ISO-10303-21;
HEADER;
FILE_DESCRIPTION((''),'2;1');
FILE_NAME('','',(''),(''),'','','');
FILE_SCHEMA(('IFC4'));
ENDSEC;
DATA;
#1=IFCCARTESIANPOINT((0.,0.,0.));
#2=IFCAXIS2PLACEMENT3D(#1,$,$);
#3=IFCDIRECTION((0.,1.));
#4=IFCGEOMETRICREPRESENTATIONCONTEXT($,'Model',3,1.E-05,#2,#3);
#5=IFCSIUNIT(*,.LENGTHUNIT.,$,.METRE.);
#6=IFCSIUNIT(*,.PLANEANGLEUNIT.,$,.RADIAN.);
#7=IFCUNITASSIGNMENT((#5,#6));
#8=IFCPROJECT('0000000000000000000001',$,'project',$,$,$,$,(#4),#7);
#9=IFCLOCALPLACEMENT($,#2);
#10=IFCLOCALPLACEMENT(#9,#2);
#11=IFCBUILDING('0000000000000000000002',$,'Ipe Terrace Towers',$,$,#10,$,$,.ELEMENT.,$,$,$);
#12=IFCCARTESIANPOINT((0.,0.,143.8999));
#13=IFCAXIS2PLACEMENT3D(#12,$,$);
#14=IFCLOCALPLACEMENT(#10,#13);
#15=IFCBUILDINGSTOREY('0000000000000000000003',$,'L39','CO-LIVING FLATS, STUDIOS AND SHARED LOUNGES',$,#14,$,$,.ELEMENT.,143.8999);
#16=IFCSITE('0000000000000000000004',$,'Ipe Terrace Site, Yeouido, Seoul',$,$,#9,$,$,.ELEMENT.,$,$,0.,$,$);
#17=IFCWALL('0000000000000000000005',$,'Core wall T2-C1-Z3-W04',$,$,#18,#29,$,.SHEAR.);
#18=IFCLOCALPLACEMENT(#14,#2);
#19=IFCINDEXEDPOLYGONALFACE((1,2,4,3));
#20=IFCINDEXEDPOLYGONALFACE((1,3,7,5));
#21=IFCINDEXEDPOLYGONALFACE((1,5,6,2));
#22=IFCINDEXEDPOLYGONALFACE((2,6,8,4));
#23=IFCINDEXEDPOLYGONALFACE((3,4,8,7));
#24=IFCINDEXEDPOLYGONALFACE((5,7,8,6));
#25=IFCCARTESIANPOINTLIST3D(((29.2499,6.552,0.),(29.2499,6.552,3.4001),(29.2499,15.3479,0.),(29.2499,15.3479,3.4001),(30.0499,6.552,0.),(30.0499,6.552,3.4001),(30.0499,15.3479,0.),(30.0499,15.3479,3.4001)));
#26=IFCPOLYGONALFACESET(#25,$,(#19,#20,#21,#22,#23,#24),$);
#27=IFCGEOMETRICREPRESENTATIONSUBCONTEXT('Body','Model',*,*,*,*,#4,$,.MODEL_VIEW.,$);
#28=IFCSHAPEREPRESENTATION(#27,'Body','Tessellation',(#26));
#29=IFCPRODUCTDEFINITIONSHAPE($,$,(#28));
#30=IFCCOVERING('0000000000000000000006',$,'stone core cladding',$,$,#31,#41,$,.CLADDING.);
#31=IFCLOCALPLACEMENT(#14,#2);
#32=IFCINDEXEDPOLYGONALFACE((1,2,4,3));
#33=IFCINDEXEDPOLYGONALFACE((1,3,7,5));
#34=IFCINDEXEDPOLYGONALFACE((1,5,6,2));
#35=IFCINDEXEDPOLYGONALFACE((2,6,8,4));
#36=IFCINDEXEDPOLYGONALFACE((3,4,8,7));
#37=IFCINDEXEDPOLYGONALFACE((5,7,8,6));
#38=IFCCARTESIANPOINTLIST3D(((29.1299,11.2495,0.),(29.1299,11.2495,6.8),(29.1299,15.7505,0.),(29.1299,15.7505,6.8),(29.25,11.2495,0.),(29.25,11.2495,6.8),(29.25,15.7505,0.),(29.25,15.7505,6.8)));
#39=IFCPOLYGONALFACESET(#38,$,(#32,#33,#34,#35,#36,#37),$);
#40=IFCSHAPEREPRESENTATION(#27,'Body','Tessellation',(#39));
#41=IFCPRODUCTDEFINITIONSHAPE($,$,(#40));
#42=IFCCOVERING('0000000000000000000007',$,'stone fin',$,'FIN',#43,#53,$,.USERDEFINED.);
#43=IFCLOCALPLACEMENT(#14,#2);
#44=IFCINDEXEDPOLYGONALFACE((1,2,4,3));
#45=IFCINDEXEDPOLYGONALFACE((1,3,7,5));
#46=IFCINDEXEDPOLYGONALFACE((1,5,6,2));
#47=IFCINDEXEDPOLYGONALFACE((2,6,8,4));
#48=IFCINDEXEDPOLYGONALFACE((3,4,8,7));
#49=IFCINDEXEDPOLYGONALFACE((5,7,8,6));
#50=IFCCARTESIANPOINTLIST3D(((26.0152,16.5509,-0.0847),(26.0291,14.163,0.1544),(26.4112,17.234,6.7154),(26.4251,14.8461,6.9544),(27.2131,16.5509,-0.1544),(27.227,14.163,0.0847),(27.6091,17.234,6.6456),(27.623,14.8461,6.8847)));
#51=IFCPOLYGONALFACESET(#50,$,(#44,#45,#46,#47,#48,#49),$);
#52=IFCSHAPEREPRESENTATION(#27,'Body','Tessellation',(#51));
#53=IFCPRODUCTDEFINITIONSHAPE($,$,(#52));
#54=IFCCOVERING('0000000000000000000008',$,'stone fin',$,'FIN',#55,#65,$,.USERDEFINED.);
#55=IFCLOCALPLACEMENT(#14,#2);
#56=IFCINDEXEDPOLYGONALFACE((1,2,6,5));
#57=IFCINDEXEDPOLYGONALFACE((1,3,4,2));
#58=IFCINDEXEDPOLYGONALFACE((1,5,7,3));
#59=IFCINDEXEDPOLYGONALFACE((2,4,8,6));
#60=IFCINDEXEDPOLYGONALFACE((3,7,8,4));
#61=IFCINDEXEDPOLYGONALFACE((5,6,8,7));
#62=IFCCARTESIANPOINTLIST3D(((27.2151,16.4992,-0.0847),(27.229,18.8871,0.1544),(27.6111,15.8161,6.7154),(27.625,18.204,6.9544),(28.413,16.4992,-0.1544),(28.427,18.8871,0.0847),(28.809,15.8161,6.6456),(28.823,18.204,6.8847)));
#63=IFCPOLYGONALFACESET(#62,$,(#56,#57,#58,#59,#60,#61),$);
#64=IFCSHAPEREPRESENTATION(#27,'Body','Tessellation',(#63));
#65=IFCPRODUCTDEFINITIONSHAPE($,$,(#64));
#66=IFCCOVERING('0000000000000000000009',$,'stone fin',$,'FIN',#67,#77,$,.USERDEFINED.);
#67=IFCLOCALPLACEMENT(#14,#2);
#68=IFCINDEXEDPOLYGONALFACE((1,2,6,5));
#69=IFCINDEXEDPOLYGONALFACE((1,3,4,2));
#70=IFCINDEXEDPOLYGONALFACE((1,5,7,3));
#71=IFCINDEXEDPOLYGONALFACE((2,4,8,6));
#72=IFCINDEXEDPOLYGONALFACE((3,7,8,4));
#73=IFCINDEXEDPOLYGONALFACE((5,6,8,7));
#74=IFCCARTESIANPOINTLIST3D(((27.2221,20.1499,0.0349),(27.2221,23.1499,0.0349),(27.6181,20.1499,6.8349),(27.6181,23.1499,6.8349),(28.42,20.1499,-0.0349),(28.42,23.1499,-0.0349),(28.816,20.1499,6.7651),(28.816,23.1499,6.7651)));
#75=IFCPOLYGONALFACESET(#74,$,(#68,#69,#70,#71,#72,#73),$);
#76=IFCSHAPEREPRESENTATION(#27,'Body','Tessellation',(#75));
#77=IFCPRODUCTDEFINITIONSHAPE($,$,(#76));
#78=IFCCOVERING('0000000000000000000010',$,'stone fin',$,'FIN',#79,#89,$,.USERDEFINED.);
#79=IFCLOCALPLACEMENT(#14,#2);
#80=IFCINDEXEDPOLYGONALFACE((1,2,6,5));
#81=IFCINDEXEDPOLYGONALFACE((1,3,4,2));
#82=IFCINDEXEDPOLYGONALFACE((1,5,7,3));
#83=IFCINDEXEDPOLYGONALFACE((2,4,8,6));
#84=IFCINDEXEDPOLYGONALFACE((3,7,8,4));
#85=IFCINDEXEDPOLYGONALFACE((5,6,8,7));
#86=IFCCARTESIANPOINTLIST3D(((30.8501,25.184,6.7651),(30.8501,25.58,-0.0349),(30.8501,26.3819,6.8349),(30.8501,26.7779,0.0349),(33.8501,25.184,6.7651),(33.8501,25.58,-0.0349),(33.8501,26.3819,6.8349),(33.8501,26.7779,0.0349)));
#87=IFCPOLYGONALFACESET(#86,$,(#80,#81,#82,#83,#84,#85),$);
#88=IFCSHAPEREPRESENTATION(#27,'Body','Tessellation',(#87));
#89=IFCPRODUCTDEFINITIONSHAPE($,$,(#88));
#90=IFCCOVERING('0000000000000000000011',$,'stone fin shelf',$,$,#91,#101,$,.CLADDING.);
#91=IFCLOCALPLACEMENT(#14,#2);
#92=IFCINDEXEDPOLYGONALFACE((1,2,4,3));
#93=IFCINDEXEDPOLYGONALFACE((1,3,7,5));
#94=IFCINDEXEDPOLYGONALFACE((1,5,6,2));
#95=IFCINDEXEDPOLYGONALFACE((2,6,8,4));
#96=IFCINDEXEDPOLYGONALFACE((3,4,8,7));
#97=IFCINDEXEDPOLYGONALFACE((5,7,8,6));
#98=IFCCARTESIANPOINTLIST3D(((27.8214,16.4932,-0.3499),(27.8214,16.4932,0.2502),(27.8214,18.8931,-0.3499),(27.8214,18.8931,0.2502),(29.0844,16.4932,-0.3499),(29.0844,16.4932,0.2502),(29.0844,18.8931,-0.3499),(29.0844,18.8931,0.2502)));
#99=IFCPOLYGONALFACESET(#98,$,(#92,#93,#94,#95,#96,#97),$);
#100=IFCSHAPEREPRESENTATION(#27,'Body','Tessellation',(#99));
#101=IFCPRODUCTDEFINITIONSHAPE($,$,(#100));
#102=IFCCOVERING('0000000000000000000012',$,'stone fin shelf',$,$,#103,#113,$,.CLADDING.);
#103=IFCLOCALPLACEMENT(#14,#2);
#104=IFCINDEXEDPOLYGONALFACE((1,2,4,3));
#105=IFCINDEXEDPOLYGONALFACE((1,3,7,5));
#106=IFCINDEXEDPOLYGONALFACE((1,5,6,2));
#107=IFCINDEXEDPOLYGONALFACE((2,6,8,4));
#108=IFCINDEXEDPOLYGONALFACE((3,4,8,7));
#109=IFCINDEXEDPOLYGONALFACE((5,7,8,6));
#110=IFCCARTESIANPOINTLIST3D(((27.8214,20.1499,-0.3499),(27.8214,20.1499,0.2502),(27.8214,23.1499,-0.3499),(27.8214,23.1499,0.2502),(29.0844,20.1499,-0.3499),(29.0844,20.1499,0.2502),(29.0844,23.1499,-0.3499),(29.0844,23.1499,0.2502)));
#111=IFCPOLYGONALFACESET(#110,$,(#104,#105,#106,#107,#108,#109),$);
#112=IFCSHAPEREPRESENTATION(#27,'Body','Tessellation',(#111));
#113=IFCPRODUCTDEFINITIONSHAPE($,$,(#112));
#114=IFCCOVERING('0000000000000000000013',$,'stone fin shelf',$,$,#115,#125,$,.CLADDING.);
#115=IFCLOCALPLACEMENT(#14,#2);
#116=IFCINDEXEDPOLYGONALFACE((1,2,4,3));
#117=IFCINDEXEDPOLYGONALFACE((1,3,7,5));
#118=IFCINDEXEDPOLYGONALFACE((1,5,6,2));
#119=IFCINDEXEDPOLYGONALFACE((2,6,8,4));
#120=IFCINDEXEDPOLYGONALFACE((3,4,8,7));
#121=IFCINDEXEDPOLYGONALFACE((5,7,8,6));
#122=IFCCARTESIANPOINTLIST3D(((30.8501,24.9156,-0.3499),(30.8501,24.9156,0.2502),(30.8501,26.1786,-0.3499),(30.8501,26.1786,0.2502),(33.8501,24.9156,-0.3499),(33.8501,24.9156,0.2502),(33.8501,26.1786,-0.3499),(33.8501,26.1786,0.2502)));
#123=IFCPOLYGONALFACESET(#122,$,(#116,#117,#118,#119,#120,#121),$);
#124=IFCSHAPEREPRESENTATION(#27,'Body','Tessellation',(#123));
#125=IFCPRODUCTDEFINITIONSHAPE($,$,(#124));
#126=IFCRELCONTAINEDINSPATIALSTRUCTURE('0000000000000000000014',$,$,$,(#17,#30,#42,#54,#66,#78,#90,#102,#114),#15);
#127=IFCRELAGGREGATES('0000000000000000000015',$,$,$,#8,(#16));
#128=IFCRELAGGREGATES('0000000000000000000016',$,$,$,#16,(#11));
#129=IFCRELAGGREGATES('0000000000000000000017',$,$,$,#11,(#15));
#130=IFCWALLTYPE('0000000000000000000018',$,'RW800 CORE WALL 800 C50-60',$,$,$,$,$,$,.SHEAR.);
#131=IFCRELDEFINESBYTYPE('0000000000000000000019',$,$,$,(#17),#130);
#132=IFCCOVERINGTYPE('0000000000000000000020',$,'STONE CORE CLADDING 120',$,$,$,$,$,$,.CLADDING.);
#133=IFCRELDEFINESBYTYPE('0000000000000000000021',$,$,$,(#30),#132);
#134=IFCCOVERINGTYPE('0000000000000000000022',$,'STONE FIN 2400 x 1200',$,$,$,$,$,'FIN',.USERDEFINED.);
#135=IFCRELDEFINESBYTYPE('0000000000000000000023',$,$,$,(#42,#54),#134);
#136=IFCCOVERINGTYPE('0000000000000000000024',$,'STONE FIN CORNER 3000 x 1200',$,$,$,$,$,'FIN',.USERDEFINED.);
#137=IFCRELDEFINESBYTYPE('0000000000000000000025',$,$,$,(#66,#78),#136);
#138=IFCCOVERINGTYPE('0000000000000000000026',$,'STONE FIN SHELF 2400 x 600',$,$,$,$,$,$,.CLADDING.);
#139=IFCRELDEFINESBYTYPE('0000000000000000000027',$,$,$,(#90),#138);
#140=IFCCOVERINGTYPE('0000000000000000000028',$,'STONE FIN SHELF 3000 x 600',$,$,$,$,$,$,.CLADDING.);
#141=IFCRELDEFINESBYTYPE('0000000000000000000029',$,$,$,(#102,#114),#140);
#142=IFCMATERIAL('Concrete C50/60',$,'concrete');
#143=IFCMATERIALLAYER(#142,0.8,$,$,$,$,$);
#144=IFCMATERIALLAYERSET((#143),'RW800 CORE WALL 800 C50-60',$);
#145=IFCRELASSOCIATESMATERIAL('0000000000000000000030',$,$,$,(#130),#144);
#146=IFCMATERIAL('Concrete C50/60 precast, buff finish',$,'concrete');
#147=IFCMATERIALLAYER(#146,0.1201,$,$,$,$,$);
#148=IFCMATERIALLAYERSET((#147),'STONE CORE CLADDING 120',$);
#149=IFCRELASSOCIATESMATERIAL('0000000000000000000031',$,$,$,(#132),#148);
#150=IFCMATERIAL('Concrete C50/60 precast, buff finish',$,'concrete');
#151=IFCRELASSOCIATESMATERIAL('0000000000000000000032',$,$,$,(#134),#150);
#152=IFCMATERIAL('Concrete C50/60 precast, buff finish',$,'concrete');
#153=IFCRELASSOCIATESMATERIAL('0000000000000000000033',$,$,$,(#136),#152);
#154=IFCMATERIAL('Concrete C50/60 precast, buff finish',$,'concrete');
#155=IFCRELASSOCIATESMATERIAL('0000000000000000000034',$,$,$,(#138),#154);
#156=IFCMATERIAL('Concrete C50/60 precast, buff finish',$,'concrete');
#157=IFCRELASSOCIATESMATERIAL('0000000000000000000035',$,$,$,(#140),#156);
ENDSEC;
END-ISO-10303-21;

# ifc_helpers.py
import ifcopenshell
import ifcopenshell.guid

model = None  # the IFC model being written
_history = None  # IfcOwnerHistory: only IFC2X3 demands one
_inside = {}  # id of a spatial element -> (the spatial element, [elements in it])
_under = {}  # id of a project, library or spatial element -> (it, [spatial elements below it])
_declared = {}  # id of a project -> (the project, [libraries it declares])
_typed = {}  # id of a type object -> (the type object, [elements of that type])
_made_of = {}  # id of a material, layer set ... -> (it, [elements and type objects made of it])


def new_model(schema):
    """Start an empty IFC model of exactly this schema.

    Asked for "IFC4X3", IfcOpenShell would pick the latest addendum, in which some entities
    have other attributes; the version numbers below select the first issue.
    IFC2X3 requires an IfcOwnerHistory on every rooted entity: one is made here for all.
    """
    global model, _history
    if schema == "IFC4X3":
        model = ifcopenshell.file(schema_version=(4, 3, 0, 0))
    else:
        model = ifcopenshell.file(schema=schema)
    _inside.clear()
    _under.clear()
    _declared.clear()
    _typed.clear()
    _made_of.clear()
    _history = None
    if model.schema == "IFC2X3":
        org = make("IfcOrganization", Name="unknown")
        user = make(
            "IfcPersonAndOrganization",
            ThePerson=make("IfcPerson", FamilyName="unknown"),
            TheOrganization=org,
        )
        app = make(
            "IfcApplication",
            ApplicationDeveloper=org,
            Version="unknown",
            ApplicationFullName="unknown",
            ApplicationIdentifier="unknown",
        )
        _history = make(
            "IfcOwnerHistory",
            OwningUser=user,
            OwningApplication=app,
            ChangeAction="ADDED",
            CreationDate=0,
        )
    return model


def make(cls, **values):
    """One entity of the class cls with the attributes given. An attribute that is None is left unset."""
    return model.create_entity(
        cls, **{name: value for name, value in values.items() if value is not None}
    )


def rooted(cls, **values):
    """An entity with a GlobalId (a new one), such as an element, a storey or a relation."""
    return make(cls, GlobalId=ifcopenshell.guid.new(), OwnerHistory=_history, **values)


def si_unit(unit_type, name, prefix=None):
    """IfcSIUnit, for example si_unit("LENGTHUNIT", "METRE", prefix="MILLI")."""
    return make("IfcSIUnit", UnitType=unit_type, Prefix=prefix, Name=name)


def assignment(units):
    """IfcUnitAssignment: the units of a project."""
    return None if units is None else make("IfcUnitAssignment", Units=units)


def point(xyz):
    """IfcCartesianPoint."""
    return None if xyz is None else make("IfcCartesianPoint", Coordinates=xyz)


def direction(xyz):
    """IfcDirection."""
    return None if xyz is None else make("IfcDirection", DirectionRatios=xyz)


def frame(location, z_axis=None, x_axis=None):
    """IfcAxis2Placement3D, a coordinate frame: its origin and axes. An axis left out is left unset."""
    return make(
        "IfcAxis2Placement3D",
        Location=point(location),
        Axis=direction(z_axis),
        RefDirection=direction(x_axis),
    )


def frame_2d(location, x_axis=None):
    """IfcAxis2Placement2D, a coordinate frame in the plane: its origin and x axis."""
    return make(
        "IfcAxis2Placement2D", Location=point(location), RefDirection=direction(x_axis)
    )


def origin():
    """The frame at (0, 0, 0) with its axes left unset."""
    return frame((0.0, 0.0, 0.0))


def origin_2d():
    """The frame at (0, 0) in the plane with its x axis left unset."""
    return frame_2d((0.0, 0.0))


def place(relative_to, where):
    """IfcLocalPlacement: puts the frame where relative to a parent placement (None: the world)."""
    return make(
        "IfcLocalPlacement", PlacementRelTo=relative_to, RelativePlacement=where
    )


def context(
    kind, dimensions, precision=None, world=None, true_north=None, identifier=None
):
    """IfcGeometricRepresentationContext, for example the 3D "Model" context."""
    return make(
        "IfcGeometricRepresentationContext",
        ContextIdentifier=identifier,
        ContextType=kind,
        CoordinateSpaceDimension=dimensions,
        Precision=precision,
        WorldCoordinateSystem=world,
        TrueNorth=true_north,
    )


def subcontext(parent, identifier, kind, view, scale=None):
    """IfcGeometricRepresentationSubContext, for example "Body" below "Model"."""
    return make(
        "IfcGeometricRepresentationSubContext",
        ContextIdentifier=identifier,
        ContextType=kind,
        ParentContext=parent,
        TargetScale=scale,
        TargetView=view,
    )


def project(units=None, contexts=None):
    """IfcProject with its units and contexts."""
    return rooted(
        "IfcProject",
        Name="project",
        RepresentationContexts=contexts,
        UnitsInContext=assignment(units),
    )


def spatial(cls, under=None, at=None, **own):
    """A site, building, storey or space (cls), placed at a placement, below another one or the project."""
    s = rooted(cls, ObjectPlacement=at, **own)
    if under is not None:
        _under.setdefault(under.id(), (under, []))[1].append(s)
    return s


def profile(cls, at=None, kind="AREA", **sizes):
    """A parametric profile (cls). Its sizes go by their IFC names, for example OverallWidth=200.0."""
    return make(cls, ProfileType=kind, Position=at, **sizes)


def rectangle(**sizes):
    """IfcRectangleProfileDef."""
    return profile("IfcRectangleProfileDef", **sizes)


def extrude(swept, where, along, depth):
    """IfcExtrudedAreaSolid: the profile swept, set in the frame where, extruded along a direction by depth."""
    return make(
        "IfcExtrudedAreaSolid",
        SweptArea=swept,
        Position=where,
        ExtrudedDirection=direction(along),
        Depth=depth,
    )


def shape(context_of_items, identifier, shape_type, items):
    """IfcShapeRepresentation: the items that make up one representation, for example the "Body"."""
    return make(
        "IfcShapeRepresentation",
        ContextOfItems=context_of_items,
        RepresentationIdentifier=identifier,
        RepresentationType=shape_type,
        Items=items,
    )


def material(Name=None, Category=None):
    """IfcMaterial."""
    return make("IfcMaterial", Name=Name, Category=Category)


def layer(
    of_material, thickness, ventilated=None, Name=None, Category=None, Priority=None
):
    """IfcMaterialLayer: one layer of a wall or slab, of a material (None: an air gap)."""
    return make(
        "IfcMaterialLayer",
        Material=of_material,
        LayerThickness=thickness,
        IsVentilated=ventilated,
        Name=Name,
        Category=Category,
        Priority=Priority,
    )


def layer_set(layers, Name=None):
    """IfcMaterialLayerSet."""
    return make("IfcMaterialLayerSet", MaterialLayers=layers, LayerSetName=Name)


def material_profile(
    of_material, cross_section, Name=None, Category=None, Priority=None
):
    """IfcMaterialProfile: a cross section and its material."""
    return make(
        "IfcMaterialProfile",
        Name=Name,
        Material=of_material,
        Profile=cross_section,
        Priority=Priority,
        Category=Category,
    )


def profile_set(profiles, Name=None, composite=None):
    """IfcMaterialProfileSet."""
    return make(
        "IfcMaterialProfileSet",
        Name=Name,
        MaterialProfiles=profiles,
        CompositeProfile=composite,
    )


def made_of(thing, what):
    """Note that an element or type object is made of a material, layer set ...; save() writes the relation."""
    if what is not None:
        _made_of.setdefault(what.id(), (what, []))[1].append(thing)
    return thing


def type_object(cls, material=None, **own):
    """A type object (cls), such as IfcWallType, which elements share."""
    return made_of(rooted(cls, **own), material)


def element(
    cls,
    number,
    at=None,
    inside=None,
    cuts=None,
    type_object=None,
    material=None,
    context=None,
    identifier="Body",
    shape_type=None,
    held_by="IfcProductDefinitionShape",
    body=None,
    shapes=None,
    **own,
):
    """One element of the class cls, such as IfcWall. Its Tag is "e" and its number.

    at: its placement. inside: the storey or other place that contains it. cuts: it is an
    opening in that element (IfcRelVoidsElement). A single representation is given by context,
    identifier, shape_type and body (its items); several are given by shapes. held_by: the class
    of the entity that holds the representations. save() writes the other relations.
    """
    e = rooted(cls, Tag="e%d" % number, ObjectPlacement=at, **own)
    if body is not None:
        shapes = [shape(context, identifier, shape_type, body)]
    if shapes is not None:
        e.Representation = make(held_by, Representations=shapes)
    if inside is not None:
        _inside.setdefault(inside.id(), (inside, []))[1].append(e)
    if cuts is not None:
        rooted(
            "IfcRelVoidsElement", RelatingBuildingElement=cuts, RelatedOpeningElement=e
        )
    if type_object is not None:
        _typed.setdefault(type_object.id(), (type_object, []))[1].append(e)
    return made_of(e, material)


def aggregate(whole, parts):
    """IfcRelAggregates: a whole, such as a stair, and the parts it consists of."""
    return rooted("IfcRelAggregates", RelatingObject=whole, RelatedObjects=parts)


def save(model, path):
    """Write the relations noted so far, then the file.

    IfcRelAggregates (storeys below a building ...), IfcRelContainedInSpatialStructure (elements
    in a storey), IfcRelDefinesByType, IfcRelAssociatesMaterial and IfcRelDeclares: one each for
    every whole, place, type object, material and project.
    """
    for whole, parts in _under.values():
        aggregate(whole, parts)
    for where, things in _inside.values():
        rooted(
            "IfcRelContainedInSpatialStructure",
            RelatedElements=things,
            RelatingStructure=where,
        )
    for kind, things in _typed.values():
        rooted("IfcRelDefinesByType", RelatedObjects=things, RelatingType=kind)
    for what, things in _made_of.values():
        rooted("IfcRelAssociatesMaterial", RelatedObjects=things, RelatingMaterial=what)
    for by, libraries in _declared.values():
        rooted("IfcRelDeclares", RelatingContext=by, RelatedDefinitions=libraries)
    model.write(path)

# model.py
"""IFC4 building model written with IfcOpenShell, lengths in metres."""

from ifc_helpers import new_model, si_unit, direction, frame, frame_2d, origin, origin_2d, place, context, subcontext, project, spatial, rectangle, extrude, material, layer, layer_set, material_profile, profile_set, type_object, element, save


model = new_model("IFC4")

# Units and contexts
model_context = context("Model", 3, precision=1e-05, world=origin(), true_north=direction((0.0, 1.0)))
body_context = subcontext(model_context, "Body", "Model", "MODEL_VIEW")
ifc_project = project(units=[si_unit("LENGTHUNIT", "METRE"), si_unit("PLANEANGLEUNIT", "RADIAN")], contexts=[model_context])

# Site, building, storey
site_placement = place(None, origin())
site = spatial("IfcSite", under=ifc_project, at=site_placement, Name="Ipe Terrace Site, Yeouido, Seoul", CompositionType="ELEMENT", RefElevation=0.0)
building_placement = place(site_placement, origin())
building = spatial("IfcBuilding", under=site, at=building_placement, Name="Ipe Terrace Towers", CompositionType="ELEMENT")
storey_placement = place(building_placement, frame((0.0, 0.0, 143.8999)))
storey = spatial("IfcBuildingStorey", under=building, at=storey_placement, Name="L39", Description="CO-LIVING FLATS, STUDIOS AND SHARED LOUNGES", CompositionType="ELEMENT", Elevation=143.8999)

# Wall
ifc_material_1 = material(Name="Concrete C50/60", Category="concrete")
ifc_layer_1 = layer(ifc_material_1, 0.8)
ifc_layer_set_1 = layer_set([ifc_layer_1], Name="RW800 CORE WALL 800 C50-60")
wall_type_1 = type_object("IfcWallType", Name="RW800 CORE WALL 800 C50-60", PredefinedType="SHEAR", material=ifc_layer_set_1)
wall_1_placement = place(storey_placement, frame((29.6499, 15.3479, 0.0), z_axis=(0.0, 0.0, 1.0), x_axis=(0.0, -1.0, 0.0)))
element("IfcWall", 1, at=wall_1_placement, inside=storey, type_object=wall_type_1, Name="Core wall T2-C1-Z3-W04", PredefinedType="SHEAR", context=body_context, shape_type="SweptSolid", body=[
    extrude(rectangle(XDim=8.7959, YDim=0.8, at=frame_2d((4.3979, 0.0))), origin(), (0.0, 0.0, 1.0), 3.4001),
])

# Coverings
ifc_material_2 = material(Name="Concrete C50/60 precast, buff finish", Category="concrete")
ifc_layer_2 = layer(ifc_material_2, 0.1201)
ifc_layer_set_2 = layer_set([ifc_layer_2], Name="STONE CORE CLADDING 120")
covering_type_1 = type_object("IfcCoveringType", Name="STONE CORE CLADDING 120", PredefinedType="CLADDING", material=ifc_layer_set_2)
covering_1_placement = place(storey_placement, frame((29.1899, 13.5, 0.0), z_axis=(0.0, 0.0, 1.0), x_axis=(0.0, -1.0, 0.0)))
element("IfcCovering", 2, at=covering_1_placement, inside=storey, type_object=covering_type_1, Name="stone core cladding", PredefinedType="CLADDING", context=body_context, shape_type="SweptSolid", body=[
    extrude(rectangle(XDim=4.501, YDim=0.1201, at=origin_2d()), origin(), (0.0, 0.0, 1.0), 6.8),
])
ifc_material_3 = material(Name="Concrete C50/60 precast, buff finish", Category="concrete")
ifc_material_profile_1 = material_profile(ifc_material_3, rectangle(XDim=2.3999, YDim=1.2, at=origin_2d()), Name="STONE FIN 2400 x 1200")
ifc_profile_set_1 = profile_set([ifc_material_profile_1], Name="Concrete C50/60 precast, buff finish")
covering_type_2 = type_object("IfcCoveringType", Name="STONE FIN 2400 x 1200", ElementType="FIN", PredefinedType="USERDEFINED", material=ifc_profile_set_1)
for number, where, z_axis, x_axis, name in (
    (3, (26.6211, 15.3569, 0.0), (0.057846, 0.099786, 0.993326), (0.005801, -0.995009, 0.099617), "stone fin"),
    (4, (27.821, 17.6931, 0.0), (0.057846, -0.099786, 0.993326), (-0.005801, -0.995009, -0.099617), "stone fin"),
):
    element("IfcCovering", number, at=place(storey_placement, frame(where, z_axis=z_axis, x_axis=x_axis)), inside=storey, type_object=covering_type_2, Name=name, ObjectType="FIN", PredefinedType="USERDEFINED", context=body_context, shape_type="SweptSolid", body=[
        extrude(rectangle(XDim=2.3999, YDim=1.2, at=origin_2d()), origin(), (0.0, 0.0, 1.0), 6.8457),
    ])
ifc_material_4 = material(Name="Concrete C50/60 precast, buff finish", Category="concrete")
ifc_material_profile_2 = material_profile(ifc_material_4, rectangle(XDim=3.0, YDim=1.2, at=origin_2d()), Name="STONE FIN CORNER 3000 x 1200")
ifc_profile_set_2 = profile_set([ifc_material_profile_2], Name="Concrete C50/60 precast, buff finish")
covering_type_3 = type_object("IfcCoveringType", Name="STONE FIN CORNER 3000 x 1200", ElementType="FIN", PredefinedType="USERDEFINED", material=ifc_profile_set_2)
for number, where, z_axis, x_axis, name in (
    (5, (27.821, 21.6499, 0.0), (0.058136, 0.0, 0.998309), (0.0, -1.0, 0.0), "stone fin"),
    (6, (32.3501, 26.179, 0.0), (0.0, -0.058136, 0.998309), (-1.0, 0.0, 0.0), "stone fin"),
):
    element("IfcCovering", number, at=place(storey_placement, frame(where, z_axis=z_axis, x_axis=x_axis)), inside=storey, type_object=covering_type_3, Name=name, ObjectType="FIN", PredefinedType="USERDEFINED", context=body_context, shape_type="SweptSolid", body=[
        extrude(rectangle(XDim=3.0, YDim=1.2, at=origin_2d()), origin(), (0.0, 0.0, 1.0), 6.8115),
    ])
ifc_material_5 = material(Name="Concrete C50/60 precast, buff finish", Category="concrete")
covering_type_4 = type_object("IfcCoveringType", Name="STONE FIN SHELF 2400 x 600", PredefinedType="CLADDING", material=ifc_material_5)
covering_2_placement = place(storey_placement, frame((28.4529, 17.6931, -0.3499), z_axis=(0.0, 0.0, 1.0), x_axis=(0.0, -1.0, 0.0)))
element("IfcCovering", 7, at=covering_2_placement, inside=storey, type_object=covering_type_4, Name="stone fin shelf", PredefinedType="CLADDING", context=body_context, shape_type="SweptSolid", body=[
    extrude(rectangle(XDim=2.3999, YDim=1.2629, at=origin_2d()), origin(), (0.0, 0.0, 1.0), 0.6001),
])
ifc_material_6 = material(Name="Concrete C50/60 precast, buff finish", Category="concrete")
covering_type_5 = type_object("IfcCoveringType", Name="STONE FIN SHELF 3000 x 600", PredefinedType="CLADDING", material=ifc_material_6)
for number, where, z_axis, x_axis, name in (
    (8, (28.4529, 21.6499, -0.3499), (0.0, 0.0, 1.0), (0.0, -1.0, 0.0), "stone fin shelf"),
    (9, (32.3501, 25.5471, -0.3499), (0.0, 0.0, 1.0), (-1.0, 0.0, 0.0), "stone fin shelf"),
):
    element("IfcCovering", number, at=place(storey_placement, frame(where, z_axis=z_axis, x_axis=x_axis)), inside=storey, type_object=covering_type_5, Name=name, PredefinedType="CLADDING", context=body_context, shape_type="SweptSolid", body=[
        extrude(rectangle(XDim=3.0, YDim=1.2629, at=origin_2d()), origin(), (0.0, 0.0, 1.0), 0.6001),
    ])

save(model, "model.ifc")
